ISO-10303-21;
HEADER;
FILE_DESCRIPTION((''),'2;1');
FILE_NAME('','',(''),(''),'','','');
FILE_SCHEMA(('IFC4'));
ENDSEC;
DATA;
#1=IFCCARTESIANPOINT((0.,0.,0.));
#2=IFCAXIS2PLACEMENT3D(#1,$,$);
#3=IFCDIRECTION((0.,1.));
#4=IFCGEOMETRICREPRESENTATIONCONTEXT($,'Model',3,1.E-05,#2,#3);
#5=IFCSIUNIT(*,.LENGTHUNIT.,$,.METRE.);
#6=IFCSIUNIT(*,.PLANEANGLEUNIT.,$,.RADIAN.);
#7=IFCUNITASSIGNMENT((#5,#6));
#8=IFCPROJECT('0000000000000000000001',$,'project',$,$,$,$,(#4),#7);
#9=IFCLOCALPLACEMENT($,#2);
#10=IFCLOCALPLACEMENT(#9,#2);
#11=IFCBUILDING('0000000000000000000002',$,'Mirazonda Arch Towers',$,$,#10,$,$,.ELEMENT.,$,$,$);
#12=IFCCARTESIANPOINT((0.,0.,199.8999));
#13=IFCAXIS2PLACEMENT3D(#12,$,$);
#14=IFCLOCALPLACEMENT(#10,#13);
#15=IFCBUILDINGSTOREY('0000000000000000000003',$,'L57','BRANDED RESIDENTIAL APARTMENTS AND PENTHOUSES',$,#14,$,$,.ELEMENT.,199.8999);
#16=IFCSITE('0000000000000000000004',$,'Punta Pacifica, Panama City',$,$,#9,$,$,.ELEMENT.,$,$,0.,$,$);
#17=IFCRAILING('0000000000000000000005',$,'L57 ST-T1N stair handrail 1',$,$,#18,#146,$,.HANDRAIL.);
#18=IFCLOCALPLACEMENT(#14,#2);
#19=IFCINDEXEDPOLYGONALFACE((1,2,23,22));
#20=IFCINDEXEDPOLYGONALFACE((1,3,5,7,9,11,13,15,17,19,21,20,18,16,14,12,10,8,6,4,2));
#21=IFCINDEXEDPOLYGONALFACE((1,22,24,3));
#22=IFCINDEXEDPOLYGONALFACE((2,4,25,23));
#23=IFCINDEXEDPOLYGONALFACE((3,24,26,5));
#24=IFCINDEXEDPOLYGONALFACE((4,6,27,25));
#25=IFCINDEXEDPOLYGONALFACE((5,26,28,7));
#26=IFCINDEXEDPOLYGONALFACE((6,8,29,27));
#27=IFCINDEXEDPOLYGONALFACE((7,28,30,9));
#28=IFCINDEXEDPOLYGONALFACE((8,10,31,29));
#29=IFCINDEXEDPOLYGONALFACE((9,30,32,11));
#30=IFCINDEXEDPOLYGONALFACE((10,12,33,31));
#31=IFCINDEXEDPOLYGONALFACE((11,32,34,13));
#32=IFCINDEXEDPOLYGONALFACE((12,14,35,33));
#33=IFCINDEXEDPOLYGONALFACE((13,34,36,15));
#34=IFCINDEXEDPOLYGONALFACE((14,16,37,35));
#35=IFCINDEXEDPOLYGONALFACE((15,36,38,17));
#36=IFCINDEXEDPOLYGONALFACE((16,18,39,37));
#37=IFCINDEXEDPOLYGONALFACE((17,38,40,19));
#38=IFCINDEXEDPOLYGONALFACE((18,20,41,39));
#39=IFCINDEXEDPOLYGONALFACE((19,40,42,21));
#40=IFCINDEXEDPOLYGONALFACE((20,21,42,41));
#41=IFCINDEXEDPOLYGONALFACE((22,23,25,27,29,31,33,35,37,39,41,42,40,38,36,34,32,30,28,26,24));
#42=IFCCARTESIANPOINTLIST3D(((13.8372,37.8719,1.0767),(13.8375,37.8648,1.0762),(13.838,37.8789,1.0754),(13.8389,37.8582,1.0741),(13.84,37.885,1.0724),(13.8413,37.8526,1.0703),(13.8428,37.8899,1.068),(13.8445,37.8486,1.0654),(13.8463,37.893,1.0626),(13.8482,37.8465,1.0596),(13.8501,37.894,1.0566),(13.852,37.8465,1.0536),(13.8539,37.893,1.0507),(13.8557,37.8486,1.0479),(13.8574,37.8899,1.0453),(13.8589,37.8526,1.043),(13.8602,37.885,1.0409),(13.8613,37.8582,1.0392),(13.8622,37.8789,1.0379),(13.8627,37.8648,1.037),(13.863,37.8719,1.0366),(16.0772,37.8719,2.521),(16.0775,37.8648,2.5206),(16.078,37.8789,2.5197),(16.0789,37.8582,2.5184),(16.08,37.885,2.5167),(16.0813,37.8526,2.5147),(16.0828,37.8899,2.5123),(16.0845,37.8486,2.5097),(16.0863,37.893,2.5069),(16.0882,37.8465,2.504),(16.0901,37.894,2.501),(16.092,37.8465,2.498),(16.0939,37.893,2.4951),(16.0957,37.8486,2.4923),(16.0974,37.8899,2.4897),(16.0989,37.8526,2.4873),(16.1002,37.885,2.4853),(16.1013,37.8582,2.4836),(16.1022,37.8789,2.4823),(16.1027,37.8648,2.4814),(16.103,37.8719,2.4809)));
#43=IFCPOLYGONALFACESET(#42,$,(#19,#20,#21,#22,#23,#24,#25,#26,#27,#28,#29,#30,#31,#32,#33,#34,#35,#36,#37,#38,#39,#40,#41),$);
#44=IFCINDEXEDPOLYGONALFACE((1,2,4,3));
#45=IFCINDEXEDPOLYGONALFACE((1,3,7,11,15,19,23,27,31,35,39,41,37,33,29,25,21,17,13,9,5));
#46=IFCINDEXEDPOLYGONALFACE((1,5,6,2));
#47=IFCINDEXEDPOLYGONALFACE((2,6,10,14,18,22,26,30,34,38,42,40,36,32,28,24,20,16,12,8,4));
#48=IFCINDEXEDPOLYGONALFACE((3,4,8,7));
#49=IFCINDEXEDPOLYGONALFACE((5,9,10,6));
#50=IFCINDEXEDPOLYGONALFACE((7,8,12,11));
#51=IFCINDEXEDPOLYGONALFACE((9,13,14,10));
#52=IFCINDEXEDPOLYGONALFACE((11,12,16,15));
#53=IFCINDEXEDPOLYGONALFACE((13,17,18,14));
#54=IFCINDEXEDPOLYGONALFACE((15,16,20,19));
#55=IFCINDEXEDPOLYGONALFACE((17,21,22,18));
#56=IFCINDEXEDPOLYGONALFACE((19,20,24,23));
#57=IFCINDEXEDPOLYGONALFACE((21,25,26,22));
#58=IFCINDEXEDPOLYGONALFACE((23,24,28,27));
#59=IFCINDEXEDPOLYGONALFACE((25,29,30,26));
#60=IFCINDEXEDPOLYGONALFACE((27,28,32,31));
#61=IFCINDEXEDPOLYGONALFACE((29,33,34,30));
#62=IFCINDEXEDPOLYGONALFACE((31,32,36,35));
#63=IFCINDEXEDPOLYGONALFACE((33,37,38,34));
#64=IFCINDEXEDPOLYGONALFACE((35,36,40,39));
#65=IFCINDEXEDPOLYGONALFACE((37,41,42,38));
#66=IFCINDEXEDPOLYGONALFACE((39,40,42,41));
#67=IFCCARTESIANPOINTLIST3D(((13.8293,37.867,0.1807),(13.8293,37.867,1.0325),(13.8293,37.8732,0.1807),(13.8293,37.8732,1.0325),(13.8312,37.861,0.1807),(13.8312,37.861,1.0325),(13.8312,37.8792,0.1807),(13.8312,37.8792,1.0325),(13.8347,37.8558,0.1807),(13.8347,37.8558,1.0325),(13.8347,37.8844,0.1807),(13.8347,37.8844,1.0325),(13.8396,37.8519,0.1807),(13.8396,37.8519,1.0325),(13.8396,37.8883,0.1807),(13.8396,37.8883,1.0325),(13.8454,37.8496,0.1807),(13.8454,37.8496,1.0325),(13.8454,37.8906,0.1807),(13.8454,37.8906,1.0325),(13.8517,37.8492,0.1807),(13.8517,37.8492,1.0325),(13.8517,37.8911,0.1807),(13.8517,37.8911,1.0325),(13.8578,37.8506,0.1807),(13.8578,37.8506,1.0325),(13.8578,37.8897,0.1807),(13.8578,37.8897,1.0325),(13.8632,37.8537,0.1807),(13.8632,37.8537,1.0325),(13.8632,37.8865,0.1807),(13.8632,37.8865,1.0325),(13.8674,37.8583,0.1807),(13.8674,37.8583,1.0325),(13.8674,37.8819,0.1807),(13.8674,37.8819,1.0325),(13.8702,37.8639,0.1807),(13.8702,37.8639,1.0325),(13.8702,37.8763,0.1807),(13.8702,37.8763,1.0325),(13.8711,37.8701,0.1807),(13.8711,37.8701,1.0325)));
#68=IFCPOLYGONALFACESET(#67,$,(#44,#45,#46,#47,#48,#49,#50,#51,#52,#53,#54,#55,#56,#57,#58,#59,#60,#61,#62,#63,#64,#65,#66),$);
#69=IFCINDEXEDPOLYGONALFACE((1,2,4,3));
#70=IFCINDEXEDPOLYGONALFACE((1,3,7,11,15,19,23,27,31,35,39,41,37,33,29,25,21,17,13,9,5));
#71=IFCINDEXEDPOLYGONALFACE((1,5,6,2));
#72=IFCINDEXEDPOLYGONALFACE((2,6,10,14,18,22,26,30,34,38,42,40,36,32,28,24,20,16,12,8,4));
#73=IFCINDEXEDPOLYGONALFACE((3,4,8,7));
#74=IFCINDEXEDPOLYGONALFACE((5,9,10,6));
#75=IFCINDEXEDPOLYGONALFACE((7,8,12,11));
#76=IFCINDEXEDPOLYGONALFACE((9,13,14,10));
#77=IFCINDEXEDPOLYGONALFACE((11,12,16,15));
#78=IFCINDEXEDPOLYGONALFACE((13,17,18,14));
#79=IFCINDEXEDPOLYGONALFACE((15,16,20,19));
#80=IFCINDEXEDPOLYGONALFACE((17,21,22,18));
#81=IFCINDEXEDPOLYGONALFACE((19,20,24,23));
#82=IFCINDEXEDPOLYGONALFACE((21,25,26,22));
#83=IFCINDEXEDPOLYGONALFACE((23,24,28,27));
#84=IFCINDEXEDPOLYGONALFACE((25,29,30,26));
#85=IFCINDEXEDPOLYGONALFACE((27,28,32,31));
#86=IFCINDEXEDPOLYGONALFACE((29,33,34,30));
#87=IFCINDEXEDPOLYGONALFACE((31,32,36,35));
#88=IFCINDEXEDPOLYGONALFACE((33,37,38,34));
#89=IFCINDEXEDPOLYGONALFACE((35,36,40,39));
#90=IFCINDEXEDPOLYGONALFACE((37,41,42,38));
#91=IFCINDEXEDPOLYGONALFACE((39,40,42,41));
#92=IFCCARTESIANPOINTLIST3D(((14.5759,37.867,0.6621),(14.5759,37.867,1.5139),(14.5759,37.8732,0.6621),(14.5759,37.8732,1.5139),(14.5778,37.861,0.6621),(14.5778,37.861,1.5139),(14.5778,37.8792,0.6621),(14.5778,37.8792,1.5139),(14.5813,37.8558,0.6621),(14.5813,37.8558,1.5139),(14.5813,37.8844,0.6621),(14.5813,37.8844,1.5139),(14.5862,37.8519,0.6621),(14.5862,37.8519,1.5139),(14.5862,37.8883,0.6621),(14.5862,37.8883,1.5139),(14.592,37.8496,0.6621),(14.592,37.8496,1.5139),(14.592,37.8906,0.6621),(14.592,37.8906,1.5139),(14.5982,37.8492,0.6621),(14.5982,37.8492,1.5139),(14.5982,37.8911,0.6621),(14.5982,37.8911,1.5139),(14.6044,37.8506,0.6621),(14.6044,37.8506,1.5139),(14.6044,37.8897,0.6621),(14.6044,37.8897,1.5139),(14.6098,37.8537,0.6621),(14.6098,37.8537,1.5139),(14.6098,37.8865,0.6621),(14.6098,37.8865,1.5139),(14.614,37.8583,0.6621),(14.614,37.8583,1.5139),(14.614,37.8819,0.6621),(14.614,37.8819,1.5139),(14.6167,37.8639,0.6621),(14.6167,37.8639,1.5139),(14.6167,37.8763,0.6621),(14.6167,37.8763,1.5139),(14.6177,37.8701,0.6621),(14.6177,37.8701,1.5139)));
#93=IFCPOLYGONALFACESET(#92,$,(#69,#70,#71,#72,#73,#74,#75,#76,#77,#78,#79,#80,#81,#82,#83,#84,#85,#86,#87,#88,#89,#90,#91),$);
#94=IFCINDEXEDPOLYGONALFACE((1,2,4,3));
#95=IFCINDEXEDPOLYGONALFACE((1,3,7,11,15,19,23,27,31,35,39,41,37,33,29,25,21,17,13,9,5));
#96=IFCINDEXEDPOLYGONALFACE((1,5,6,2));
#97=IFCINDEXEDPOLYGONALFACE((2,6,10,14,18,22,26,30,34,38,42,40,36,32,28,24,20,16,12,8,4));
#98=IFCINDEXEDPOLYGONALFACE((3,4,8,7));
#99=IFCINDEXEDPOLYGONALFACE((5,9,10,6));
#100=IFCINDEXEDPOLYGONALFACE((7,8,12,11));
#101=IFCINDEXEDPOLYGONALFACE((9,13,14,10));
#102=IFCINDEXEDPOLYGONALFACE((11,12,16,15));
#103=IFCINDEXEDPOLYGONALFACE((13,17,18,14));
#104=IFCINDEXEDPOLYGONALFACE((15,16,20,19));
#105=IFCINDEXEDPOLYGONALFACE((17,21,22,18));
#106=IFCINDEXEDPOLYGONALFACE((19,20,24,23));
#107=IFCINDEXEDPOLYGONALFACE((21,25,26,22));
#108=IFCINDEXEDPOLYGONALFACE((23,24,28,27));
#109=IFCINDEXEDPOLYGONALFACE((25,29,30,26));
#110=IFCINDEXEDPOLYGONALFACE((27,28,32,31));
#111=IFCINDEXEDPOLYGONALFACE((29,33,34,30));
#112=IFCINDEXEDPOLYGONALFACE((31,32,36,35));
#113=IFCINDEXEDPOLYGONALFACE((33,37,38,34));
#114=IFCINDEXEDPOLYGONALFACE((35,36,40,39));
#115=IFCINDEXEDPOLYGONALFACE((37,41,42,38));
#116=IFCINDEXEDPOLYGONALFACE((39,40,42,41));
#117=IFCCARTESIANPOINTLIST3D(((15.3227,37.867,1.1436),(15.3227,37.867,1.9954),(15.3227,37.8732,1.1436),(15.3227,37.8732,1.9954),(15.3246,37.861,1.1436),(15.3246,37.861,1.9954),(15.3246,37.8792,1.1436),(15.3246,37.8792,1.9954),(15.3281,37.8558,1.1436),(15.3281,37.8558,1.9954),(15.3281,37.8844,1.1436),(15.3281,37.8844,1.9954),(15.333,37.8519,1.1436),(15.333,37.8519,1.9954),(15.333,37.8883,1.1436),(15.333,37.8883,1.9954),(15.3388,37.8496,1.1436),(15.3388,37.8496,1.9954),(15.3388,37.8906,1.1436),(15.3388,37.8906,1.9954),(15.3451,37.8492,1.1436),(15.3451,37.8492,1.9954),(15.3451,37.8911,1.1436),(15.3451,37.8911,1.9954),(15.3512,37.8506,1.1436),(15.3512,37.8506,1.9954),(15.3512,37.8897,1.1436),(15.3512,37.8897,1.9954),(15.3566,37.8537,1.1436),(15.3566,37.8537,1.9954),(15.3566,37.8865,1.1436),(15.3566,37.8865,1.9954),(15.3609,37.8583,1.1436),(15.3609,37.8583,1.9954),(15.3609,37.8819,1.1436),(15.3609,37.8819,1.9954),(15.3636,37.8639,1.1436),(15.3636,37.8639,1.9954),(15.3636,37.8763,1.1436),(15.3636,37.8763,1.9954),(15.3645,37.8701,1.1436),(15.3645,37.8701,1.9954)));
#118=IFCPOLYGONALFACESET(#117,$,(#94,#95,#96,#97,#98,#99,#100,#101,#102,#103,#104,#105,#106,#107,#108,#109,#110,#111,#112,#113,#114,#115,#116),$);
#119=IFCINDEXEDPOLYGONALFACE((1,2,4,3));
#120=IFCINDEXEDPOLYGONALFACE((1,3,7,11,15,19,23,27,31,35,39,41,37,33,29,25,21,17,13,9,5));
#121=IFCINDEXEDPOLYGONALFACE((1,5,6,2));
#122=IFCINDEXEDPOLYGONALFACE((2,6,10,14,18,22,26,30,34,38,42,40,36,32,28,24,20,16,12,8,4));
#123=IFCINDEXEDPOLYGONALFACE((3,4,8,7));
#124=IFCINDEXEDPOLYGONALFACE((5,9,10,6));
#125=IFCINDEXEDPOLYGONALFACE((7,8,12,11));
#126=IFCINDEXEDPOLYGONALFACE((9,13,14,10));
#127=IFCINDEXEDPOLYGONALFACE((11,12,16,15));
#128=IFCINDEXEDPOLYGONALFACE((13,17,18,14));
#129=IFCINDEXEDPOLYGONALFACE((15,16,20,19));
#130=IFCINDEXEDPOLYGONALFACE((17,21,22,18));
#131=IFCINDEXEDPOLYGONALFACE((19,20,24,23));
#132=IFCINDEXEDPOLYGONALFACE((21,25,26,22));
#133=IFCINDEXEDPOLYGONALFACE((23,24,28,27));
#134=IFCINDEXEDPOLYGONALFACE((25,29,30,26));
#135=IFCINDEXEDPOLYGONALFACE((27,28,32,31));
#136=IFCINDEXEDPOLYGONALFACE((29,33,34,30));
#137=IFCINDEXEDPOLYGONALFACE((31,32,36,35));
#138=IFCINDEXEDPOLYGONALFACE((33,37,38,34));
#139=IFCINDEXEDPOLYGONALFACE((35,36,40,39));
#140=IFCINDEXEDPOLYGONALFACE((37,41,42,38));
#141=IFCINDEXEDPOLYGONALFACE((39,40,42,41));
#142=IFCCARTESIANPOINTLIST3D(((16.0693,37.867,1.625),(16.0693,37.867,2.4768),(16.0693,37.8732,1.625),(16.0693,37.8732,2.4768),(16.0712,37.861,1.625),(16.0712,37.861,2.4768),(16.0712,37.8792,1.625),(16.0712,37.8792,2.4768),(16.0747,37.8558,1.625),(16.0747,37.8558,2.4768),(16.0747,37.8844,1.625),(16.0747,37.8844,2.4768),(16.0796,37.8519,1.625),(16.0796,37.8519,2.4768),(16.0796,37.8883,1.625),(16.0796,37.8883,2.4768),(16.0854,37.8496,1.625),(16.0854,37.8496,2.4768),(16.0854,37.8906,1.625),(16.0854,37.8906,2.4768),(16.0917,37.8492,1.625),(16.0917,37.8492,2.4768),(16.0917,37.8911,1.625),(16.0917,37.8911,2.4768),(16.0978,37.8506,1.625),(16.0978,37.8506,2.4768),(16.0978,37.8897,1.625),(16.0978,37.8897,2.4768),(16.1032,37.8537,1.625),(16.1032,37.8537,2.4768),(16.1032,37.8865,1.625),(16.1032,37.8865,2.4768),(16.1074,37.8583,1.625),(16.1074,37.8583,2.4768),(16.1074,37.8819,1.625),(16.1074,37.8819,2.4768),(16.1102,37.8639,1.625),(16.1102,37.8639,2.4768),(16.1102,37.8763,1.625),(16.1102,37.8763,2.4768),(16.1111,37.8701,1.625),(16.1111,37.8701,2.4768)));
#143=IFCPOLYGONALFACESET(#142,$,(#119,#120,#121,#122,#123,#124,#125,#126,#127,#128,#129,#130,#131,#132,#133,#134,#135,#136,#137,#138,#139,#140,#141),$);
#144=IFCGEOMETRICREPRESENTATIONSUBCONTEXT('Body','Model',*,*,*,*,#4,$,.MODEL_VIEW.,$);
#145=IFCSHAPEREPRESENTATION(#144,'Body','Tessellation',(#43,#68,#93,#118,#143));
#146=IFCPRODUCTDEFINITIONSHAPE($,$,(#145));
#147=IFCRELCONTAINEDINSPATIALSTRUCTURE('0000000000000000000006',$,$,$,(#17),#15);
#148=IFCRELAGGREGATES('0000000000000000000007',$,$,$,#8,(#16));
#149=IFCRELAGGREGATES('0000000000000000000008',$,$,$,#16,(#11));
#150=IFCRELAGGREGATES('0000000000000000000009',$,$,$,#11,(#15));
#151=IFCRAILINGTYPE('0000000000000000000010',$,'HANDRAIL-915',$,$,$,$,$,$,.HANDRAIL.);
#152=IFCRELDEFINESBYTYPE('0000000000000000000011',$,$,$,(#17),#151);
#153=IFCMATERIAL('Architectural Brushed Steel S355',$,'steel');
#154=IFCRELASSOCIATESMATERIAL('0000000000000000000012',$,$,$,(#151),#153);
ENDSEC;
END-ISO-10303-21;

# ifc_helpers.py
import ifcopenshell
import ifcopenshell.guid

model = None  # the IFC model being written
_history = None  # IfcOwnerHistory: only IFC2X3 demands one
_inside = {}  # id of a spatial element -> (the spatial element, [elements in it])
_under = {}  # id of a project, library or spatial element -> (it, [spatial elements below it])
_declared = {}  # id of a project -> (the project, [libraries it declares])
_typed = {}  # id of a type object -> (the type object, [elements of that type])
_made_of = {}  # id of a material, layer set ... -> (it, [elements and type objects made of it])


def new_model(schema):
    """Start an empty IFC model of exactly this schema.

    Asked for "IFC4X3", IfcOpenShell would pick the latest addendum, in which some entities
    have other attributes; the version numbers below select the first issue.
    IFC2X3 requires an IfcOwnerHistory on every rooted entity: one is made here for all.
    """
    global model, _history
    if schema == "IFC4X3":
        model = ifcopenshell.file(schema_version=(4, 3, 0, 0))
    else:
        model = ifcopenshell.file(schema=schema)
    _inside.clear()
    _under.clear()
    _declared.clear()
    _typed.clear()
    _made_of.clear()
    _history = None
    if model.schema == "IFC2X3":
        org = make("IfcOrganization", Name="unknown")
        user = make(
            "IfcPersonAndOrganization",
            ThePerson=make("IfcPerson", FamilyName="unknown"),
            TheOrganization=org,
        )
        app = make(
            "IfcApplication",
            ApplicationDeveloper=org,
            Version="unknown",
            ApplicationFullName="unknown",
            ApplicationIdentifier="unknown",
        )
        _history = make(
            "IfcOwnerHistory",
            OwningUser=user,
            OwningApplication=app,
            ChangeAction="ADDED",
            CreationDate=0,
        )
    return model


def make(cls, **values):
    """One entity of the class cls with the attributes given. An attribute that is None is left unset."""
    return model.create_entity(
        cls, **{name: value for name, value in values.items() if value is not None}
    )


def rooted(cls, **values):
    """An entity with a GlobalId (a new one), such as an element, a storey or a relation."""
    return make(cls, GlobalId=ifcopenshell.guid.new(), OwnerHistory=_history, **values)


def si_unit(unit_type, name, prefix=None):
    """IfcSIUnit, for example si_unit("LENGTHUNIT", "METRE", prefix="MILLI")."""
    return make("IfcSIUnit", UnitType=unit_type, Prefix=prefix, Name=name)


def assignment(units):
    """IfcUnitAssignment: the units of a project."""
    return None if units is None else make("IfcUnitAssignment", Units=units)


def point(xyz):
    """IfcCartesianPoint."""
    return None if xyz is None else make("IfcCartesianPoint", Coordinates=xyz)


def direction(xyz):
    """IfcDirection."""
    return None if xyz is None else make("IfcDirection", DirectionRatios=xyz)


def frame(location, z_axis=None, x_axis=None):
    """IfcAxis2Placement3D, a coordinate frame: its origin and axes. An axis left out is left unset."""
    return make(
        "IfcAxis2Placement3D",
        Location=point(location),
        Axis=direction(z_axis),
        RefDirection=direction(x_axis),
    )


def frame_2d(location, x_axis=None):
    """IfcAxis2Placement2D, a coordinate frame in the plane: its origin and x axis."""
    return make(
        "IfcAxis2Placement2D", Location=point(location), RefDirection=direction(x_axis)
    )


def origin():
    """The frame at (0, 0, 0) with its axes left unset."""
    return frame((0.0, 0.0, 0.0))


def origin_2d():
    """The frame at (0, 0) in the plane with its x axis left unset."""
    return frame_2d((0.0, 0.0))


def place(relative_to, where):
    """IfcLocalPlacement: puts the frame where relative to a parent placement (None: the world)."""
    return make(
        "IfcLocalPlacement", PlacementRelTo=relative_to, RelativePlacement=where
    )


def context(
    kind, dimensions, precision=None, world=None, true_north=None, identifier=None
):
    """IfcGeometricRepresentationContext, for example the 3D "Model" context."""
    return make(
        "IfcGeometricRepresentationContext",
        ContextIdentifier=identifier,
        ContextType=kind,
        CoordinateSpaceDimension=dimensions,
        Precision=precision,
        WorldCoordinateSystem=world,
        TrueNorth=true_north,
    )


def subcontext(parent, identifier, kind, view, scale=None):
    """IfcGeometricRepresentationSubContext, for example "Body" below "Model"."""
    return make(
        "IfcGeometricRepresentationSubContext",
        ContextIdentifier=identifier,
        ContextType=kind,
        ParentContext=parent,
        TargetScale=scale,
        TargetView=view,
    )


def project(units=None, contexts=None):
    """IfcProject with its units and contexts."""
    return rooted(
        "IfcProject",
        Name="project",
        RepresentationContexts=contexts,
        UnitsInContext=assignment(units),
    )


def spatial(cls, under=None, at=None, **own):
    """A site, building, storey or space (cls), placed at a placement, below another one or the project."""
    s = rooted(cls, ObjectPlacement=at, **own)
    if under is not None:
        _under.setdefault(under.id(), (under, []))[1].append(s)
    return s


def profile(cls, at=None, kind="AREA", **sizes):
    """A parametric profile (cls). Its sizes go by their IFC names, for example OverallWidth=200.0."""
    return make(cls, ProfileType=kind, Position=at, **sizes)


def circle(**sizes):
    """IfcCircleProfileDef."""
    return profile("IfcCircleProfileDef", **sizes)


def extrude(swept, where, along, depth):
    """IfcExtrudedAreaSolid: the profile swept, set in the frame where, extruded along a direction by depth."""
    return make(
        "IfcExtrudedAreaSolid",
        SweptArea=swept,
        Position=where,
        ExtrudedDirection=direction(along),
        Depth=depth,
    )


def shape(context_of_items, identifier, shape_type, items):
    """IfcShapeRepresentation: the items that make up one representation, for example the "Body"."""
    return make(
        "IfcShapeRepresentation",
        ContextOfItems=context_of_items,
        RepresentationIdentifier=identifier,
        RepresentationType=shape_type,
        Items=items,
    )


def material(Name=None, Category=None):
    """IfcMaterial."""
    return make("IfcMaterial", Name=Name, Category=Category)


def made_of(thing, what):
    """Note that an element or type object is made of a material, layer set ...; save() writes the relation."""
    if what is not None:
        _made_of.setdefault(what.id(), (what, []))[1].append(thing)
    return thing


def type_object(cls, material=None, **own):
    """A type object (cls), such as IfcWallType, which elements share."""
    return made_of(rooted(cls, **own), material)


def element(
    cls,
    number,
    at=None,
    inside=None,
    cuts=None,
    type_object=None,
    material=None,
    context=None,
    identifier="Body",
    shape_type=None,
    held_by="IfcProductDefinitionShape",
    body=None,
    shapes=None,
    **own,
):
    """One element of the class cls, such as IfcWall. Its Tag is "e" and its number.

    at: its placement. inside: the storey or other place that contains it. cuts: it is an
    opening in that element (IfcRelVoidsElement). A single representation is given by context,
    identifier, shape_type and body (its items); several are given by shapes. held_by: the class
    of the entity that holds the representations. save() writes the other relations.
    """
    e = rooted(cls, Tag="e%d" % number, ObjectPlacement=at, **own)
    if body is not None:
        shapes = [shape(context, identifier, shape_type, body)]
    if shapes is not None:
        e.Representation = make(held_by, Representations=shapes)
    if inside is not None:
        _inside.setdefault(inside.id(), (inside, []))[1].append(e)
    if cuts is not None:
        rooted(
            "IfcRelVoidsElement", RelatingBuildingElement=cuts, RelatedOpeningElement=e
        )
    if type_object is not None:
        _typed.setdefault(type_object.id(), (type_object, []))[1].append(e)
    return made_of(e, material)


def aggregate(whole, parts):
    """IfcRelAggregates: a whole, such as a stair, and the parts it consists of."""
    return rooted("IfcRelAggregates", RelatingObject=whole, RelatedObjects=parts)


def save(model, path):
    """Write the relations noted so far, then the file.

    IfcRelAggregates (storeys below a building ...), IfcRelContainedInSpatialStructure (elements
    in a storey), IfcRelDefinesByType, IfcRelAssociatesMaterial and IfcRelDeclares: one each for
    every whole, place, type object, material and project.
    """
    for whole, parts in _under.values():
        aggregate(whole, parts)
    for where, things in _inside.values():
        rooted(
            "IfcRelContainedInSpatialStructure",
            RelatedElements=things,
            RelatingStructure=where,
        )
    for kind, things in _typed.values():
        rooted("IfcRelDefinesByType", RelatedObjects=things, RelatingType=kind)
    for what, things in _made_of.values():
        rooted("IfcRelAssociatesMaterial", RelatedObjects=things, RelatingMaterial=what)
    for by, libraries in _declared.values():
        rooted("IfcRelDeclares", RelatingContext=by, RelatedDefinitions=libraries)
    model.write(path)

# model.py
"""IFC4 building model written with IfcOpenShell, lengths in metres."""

from ifc_helpers import new_model, si_unit, direction, frame, origin, origin_2d, place, context, subcontext, project, spatial, circle, extrude, material, type_object, element, save


model = new_model("IFC4")

# Units and contexts
model_context = context("Model", 3, precision=1e-05, world=origin(), true_north=direction((0.0, 1.0)))
body_context = subcontext(model_context, "Body", "Model", "MODEL_VIEW")
ifc_project = project(units=[si_unit("LENGTHUNIT", "METRE"), si_unit("PLANEANGLEUNIT", "RADIAN")], contexts=[model_context])

# Site, building, storey
site_placement = place(None, origin())
site = spatial("IfcSite", under=ifc_project, at=site_placement, Name="Punta Pacifica, Panama City", CompositionType="ELEMENT", RefElevation=0.0)
building_placement = place(site_placement, origin())
building = spatial("IfcBuilding", under=site, at=building_placement, Name="Mirazonda Arch Towers", CompositionType="ELEMENT")
storey_placement = place(building_placement, frame((0.0, 0.0, 199.8999)))
storey = spatial("IfcBuildingStorey", under=building, at=storey_placement, Name="L57", Description="BRANDED RESIDENTIAL APARTMENTS AND PENTHOUSES", CompositionType="ELEMENT", Elevation=199.8999)

# Shared definitions
ifc_material_1 = material(Name="Architectural Brushed Steel S355", Category="steel")

# Railing
railing_type_1 = type_object("IfcRailingType", Name="HANDRAIL-915", PredefinedType="HANDRAIL", material=ifc_material_1)
railing_1_placement = place(storey_placement, frame((13.8501, 37.8701, 0.1807)))
element("IfcRailing", 1, at=railing_1_placement, inside=storey, type_object=railing_type_1, Name="L57 ST-T1N stair handrail 1", PredefinedType="HANDRAIL", context=body_context, shape_type="SweptSolid", body=[
    extrude(circle(Radius=0.0239, at=origin_2d()), frame((0.0, 0.0, 0.876), z_axis=(0.840437, 0.0, 0.54191), x_axis=(0.0, 1.0, 0.0)), (0.0, 0.0, 1.0), 2.6653),
    extrude(circle(Radius=0.021, at=origin_2d()), origin(), (0.0, 0.0, 1.0), 0.8518),
    extrude(circle(Radius=0.021, at=origin_2d()), frame((0.7466, 0.0, 0.4814)), (0.0, 0.0, 1.0), 0.8518),
    extrude(circle(Radius=0.021, at=origin_2d()), frame((1.4934, 0.0, 0.9629)), (0.0, 0.0, 1.0), 0.8518),
    extrude(circle(Radius=0.021, at=origin_2d()), frame((2.24, 0.0, 1.4443)), (0.0, 0.0, 1.0), 0.8518),
])

save(model, "model.ifc")
